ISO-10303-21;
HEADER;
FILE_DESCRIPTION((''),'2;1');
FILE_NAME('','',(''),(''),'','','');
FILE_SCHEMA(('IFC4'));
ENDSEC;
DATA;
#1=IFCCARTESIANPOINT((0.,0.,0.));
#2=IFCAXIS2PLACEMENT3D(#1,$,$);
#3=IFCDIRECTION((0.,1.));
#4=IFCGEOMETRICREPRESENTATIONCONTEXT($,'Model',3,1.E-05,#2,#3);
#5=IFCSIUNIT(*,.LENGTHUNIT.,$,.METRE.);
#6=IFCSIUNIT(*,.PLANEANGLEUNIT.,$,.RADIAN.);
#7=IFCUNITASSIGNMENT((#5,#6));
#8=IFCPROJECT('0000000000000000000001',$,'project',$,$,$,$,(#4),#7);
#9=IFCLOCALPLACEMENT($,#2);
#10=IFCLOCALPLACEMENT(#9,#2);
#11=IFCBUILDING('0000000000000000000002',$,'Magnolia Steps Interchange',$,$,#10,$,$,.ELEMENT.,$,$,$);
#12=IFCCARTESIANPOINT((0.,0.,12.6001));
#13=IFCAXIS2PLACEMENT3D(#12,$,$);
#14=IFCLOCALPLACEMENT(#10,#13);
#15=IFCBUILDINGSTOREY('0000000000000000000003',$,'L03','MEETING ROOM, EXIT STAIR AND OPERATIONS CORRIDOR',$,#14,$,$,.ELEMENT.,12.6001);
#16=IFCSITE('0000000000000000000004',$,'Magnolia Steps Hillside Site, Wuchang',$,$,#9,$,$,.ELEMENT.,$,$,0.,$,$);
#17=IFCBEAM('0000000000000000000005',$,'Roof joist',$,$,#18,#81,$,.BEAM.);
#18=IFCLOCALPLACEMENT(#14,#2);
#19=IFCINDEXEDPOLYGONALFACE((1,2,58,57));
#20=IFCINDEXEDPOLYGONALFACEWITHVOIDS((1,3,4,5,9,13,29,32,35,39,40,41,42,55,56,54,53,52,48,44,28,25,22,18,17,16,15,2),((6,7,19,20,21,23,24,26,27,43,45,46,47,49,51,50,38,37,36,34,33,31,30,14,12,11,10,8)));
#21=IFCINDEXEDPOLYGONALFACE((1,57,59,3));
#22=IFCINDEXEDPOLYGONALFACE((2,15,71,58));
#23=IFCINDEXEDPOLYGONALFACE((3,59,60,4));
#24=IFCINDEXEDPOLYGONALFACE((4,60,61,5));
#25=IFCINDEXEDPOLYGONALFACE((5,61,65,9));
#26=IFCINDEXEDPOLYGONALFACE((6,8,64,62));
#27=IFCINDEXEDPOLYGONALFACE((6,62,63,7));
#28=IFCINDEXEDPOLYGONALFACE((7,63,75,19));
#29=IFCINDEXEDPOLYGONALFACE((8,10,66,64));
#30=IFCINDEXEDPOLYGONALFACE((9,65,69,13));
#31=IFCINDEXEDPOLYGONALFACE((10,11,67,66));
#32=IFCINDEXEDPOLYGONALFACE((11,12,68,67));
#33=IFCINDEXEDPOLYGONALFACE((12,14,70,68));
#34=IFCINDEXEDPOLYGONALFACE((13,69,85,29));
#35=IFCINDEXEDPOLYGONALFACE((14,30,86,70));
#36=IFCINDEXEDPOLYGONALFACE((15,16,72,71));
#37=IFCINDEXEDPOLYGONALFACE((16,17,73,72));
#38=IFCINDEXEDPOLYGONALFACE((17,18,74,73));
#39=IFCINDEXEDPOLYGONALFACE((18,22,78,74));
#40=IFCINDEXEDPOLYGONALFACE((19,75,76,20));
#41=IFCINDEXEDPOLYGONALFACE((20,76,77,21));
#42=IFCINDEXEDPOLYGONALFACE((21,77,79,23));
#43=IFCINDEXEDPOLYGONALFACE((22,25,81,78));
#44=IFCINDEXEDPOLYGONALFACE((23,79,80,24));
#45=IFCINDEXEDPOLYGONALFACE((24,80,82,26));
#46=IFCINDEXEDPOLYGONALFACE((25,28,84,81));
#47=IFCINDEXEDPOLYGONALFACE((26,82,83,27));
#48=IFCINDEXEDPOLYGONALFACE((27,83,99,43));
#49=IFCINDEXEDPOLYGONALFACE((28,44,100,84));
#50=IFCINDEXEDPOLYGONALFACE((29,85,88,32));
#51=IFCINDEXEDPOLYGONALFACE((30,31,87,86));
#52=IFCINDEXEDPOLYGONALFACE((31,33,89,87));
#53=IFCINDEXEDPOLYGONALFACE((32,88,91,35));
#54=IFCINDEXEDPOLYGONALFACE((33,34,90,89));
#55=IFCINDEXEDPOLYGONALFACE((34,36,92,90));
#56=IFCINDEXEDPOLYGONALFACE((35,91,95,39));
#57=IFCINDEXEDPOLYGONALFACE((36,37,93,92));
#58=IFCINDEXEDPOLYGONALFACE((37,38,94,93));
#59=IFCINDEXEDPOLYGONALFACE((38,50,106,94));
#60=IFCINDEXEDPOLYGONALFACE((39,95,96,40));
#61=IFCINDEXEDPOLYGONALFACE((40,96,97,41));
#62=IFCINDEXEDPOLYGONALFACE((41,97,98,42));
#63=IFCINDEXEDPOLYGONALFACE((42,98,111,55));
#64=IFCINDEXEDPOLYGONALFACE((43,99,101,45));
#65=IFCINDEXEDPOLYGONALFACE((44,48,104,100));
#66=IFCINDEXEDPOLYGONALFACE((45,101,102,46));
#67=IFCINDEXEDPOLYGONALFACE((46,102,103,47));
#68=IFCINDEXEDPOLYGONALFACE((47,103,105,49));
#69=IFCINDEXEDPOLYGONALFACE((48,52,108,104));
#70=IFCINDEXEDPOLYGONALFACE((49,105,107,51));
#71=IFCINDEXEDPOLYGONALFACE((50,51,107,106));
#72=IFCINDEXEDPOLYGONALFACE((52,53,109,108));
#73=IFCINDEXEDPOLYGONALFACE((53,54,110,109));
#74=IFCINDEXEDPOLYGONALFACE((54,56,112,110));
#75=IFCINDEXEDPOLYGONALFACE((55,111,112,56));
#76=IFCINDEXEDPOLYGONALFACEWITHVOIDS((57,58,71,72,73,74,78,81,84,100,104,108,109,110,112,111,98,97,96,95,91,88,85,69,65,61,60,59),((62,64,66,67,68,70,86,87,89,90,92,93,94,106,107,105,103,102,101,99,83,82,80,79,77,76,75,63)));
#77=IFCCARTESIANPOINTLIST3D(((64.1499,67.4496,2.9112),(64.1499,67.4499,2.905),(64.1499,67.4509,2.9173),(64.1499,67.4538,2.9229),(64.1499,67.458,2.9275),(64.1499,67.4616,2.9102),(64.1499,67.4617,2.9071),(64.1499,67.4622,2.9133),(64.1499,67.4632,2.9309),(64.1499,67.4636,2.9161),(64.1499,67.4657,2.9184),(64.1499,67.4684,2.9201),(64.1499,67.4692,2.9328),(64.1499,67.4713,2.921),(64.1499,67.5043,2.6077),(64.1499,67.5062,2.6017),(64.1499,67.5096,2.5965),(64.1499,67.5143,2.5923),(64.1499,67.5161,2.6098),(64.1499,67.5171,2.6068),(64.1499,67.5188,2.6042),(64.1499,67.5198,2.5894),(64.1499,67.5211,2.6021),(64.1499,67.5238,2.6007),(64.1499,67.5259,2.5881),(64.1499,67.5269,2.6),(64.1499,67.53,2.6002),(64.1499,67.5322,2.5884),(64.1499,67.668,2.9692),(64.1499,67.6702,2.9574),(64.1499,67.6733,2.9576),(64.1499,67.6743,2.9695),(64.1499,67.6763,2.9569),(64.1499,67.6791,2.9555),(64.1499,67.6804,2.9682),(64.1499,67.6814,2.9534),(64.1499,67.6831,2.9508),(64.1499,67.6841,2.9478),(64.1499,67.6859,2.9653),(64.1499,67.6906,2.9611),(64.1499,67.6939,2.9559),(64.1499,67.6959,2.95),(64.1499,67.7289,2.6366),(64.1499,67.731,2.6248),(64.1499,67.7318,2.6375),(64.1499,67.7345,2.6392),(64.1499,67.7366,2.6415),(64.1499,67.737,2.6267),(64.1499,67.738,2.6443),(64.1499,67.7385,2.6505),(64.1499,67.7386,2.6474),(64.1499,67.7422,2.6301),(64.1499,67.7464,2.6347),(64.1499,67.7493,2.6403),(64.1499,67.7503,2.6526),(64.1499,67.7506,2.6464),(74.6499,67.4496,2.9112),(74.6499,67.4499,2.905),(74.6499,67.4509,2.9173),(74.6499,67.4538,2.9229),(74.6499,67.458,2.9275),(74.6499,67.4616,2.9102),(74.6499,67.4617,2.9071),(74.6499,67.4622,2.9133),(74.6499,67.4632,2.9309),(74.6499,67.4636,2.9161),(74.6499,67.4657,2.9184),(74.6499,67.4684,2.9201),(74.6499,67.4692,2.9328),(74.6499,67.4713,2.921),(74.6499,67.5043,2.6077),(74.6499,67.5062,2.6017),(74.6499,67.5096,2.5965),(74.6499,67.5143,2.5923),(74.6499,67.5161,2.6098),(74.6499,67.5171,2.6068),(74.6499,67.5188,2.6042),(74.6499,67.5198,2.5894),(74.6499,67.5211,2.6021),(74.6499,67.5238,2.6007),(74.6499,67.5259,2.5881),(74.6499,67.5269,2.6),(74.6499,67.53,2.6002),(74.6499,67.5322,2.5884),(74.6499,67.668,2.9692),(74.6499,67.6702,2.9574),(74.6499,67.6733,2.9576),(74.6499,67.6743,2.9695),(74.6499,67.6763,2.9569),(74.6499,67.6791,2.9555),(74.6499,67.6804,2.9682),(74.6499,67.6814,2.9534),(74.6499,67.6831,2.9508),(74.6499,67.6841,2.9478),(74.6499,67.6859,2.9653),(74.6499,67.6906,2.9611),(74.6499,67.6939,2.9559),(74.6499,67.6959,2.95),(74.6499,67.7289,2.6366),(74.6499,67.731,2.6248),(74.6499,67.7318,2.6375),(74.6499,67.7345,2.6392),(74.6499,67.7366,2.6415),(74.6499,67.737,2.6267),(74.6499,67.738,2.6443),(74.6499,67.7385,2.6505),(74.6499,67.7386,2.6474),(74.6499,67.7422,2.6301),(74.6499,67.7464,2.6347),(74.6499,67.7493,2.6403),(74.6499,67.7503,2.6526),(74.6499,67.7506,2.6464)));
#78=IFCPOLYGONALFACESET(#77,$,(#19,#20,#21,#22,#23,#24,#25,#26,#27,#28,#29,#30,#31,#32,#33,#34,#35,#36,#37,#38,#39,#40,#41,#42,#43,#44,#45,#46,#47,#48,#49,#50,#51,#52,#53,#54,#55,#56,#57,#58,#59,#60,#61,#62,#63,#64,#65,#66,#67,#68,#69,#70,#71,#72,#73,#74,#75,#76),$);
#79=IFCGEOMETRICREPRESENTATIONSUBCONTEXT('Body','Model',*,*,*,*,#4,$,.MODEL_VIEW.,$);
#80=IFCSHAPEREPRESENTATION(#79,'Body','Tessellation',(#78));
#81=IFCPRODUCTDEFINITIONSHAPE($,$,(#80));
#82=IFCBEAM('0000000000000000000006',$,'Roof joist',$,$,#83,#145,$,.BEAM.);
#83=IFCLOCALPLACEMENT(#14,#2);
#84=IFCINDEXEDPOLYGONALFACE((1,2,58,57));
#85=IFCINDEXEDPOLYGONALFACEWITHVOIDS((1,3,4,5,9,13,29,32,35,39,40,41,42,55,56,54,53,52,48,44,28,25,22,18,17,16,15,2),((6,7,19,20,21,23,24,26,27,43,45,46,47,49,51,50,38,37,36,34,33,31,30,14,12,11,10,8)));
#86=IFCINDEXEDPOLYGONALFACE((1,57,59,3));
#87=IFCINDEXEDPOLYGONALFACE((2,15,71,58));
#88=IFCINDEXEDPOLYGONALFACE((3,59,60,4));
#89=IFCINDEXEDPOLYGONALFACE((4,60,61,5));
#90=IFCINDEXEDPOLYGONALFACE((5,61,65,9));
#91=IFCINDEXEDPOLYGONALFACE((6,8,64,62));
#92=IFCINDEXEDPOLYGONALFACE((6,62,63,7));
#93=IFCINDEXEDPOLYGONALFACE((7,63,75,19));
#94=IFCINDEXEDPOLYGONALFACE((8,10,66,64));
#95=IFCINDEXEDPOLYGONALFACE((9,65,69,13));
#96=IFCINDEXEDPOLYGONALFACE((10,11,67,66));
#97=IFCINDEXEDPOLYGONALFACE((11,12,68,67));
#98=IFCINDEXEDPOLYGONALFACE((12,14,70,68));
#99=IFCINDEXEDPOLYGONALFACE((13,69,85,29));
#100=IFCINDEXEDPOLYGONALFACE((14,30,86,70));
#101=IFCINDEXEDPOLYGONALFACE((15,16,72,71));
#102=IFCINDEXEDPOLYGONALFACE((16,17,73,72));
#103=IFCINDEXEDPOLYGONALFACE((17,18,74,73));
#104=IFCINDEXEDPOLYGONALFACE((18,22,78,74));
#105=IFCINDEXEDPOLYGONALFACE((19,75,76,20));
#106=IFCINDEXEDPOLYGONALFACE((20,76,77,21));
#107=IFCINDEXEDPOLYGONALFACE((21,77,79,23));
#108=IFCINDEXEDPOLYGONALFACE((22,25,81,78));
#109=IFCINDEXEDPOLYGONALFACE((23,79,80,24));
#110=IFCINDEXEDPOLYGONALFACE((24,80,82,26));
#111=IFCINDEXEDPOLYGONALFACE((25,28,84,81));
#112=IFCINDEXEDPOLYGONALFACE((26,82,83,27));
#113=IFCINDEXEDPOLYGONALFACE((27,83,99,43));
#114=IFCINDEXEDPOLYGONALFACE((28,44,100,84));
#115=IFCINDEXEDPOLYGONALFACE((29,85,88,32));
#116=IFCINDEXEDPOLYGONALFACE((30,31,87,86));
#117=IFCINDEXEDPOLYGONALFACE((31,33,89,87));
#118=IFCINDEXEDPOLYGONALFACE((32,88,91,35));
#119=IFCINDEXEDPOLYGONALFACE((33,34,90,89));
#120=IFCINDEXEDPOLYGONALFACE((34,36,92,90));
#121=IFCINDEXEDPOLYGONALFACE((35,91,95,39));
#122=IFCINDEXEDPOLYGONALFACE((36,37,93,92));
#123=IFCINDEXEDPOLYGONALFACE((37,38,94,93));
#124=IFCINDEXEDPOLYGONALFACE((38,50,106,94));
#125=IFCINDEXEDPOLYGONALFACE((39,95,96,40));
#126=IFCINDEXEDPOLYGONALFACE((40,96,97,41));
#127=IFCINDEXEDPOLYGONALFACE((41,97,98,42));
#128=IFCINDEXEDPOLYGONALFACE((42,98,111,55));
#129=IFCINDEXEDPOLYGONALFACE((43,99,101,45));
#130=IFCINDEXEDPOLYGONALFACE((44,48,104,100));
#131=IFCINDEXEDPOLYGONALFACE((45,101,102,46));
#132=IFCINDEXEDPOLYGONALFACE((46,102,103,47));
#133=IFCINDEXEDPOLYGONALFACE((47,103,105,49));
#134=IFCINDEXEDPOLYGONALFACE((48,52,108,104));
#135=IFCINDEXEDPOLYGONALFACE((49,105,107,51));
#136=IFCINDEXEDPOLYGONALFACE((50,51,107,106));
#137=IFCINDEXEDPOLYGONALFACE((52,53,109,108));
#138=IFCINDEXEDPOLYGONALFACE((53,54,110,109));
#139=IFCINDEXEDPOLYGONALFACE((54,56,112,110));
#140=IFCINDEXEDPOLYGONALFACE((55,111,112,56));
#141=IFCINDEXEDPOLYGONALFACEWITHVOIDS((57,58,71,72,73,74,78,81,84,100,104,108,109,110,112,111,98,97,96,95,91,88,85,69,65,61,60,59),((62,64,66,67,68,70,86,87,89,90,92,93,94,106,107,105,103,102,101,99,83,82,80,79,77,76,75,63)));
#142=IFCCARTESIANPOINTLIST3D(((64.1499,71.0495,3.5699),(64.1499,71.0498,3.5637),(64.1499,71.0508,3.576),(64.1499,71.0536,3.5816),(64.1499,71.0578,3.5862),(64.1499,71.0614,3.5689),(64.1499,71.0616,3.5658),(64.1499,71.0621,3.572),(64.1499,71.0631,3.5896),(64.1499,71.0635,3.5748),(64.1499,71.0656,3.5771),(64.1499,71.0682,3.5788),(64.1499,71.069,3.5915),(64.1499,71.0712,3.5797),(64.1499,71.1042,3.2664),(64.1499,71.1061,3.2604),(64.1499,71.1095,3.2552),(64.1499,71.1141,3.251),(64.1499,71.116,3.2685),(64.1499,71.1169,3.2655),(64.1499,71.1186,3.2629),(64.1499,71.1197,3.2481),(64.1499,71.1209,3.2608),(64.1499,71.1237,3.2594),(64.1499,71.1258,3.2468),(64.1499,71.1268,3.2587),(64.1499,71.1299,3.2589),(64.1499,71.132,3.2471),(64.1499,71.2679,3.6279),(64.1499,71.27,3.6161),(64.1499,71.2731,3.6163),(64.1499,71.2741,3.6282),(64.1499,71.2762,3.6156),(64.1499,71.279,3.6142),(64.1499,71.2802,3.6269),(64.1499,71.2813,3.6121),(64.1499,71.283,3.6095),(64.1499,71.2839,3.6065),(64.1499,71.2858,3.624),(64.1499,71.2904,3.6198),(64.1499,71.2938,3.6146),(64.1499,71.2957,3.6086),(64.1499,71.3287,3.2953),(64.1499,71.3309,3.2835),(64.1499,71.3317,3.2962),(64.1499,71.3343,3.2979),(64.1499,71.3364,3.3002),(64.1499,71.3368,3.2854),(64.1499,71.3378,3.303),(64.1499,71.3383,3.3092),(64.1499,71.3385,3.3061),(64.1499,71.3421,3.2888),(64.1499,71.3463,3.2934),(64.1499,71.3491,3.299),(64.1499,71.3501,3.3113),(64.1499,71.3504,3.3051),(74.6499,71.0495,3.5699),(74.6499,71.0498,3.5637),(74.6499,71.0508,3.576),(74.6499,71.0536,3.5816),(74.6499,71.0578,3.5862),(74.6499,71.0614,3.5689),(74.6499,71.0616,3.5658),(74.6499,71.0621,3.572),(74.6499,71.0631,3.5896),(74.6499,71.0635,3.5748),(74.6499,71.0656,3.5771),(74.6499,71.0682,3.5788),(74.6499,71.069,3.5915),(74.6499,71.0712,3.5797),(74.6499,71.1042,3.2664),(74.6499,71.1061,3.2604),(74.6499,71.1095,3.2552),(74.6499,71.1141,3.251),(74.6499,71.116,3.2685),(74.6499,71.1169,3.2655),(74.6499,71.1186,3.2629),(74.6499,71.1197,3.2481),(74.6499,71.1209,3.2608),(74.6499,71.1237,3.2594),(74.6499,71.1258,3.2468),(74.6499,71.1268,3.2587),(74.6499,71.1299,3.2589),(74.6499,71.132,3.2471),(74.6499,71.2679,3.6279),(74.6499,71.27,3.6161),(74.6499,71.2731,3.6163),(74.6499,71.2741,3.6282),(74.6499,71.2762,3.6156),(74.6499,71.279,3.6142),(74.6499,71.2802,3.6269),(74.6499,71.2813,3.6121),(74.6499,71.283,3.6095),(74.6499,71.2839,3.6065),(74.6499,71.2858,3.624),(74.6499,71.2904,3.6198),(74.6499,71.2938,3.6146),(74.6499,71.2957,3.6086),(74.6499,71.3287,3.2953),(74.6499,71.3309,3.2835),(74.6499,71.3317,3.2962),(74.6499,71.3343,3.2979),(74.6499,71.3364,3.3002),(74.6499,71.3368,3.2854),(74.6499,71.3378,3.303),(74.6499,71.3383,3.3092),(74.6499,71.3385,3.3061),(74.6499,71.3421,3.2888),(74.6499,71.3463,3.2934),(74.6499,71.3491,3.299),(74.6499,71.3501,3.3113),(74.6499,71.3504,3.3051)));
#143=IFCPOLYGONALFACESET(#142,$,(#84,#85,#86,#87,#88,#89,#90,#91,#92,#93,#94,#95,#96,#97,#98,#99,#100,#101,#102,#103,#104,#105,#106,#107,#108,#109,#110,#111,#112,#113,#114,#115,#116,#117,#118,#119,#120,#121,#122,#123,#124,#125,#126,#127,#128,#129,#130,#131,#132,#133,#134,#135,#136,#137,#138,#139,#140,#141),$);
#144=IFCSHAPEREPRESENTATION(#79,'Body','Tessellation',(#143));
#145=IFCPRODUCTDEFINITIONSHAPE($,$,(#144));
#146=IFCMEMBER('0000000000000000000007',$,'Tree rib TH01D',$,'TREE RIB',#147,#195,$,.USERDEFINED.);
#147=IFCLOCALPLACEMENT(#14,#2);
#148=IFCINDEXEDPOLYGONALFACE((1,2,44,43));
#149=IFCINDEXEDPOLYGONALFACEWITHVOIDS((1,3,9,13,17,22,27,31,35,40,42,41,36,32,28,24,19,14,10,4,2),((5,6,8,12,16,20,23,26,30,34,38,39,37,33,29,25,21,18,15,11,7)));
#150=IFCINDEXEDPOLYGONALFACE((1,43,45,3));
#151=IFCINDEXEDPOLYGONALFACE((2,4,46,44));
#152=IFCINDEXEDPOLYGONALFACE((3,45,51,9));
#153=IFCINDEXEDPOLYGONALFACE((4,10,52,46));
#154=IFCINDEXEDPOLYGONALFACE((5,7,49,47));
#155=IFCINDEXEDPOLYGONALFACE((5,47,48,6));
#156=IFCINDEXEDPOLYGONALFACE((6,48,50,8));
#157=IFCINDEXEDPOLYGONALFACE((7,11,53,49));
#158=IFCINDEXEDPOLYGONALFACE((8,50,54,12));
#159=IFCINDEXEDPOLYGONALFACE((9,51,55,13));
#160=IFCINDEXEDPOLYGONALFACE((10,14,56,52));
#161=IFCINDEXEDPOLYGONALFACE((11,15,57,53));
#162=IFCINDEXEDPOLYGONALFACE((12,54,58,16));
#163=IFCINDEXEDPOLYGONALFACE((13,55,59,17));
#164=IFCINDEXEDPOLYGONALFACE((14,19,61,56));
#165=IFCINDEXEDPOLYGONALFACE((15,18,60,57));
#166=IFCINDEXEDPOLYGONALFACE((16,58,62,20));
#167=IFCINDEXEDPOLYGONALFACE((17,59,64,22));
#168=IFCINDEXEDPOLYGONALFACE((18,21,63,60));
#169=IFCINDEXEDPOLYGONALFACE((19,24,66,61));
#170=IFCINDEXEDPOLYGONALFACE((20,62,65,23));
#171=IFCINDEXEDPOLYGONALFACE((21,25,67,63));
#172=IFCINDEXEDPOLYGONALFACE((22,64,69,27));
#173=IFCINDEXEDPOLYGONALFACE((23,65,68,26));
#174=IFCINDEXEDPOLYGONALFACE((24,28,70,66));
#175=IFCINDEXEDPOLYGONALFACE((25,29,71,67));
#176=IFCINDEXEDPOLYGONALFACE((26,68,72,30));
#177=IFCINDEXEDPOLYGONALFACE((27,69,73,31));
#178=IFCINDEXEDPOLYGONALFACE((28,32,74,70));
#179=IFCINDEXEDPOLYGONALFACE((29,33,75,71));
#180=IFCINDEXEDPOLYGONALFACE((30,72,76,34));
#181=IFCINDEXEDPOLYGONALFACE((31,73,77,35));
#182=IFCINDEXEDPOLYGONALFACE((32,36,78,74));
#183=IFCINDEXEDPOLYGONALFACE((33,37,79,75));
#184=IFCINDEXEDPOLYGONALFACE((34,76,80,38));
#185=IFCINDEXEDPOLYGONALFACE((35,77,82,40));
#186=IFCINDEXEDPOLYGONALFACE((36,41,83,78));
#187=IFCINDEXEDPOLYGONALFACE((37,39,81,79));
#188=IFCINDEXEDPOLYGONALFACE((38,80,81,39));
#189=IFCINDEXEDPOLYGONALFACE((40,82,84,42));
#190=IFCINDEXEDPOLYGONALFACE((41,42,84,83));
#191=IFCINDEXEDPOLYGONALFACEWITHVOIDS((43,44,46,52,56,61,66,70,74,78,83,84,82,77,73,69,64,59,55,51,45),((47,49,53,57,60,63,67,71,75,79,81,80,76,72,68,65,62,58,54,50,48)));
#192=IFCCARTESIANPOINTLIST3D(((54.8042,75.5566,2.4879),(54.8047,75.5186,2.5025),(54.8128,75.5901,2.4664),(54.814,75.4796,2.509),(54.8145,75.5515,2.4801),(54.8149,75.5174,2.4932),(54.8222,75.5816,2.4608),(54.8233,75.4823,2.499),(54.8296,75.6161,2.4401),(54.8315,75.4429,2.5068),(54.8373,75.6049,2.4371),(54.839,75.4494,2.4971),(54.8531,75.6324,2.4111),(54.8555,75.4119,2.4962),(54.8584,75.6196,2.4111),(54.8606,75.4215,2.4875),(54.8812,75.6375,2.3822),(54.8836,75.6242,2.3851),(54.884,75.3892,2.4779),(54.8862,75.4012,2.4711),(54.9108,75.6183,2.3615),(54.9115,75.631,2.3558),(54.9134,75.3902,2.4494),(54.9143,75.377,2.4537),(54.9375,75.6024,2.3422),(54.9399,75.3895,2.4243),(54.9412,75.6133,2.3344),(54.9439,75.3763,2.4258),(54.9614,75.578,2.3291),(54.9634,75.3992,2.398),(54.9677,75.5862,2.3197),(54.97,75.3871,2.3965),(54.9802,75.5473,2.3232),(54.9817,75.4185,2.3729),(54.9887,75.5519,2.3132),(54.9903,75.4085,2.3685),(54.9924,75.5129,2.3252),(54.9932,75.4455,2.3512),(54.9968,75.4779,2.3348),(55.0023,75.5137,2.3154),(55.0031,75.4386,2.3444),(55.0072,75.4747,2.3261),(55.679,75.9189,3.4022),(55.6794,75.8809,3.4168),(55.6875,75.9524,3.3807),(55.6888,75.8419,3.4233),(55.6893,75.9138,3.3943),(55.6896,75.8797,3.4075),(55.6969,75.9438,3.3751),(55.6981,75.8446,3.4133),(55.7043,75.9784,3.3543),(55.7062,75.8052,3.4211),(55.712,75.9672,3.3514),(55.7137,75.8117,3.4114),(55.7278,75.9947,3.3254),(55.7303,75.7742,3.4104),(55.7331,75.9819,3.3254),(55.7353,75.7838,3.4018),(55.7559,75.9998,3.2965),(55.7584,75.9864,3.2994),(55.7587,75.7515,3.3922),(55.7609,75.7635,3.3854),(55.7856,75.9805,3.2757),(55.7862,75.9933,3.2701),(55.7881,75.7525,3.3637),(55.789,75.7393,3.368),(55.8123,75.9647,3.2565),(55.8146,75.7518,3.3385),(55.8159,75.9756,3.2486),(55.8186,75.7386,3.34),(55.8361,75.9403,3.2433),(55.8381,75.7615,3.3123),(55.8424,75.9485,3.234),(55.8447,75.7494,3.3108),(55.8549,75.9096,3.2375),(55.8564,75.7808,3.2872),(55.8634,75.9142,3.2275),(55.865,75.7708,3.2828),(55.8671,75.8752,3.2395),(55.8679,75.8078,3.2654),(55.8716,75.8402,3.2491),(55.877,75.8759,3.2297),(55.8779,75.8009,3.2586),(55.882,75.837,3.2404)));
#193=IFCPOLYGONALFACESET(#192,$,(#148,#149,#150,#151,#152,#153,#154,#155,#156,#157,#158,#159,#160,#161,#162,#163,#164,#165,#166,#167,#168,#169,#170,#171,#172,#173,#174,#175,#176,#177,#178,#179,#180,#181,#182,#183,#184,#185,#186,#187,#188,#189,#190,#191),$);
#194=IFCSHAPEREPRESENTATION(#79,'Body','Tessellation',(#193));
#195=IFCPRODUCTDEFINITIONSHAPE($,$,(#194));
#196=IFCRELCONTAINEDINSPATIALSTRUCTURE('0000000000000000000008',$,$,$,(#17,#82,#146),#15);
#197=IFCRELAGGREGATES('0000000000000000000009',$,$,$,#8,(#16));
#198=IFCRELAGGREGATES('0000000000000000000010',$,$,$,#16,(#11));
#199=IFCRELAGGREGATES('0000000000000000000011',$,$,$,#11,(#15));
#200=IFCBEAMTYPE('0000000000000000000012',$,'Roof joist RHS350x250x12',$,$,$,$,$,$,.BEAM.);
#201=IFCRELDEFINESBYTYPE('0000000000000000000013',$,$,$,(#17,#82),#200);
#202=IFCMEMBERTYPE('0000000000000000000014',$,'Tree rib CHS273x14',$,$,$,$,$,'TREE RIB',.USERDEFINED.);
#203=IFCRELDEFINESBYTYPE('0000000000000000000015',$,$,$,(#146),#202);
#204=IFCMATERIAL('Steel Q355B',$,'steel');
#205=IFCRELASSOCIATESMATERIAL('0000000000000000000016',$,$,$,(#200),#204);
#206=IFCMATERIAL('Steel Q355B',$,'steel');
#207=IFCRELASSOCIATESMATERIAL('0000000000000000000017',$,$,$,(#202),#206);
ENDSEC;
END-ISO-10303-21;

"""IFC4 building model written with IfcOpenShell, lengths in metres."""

from ifc_helpers import new_model, si_unit, direction, frame, origin, origin_2d, place, context, subcontext, project, spatial, hollow_rectangle, hollow_circle, extrude, material, material_profile, profile_set, type_object, element, save


model = new_model("IFC4")

# Units and contexts
model_context = context("Model", 3, precision=1e-05, world=origin(), true_north=direction((0.0, 1.0)))
body_context = subcontext(model_context, "Body", "Model", "MODEL_VIEW")
ifc_project = project(units=[si_unit("LENGTHUNIT", "METRE"), si_unit("PLANEANGLEUNIT", "RADIAN")], contexts=[model_context])

# Site, building, storey
site_placement = place(None, origin())
site = spatial("IfcSite", under=ifc_project, at=site_placement, Name="Magnolia Steps Hillside Site, Wuchang", CompositionType="ELEMENT", RefElevation=0.0)
building_placement = place(site_placement, origin())
building = spatial("IfcBuilding", under=site, at=building_placement, Name="Magnolia Steps Interchange", CompositionType="ELEMENT")
storey_placement = place(building_placement, frame((0.0, 0.0, 12.6001)))
storey = spatial("IfcBuildingStorey", under=building, at=storey_placement, Name="L03", Description="MEETING ROOM, EXIT STAIR AND OPERATIONS CORRIDOR", CompositionType="ELEMENT", Elevation=12.6001)

# Beams
ifc_material_1 = material(Name="Steel Q355B", Category="steel")
ifc_material_profile_1 = material_profile(ifc_material_1, hollow_rectangle(XDim=0.25, YDim=0.3501, WallThickness=0.012, InnerFilletRadius=0.012, OuterFilletRadius=0.0239, at=origin_2d()), Name="RHS350x250x12")
ifc_profile_set_1 = profile_set([ifc_material_profile_1], Name="Steel Q355B")
beam_type_1 = type_object("IfcBeamType", Name="Roof joist RHS350x250x12", PredefinedType="BEAM", material=ifc_profile_set_1)
for number, where, z_axis, x_axis, name in (
    (1, (64.1499, 67.6001, 2.7788), (1.0, 0.0, 0.0), (0.0, 0.983677, 0.179941), "Roof joist"),
    (2, (64.1499, 71.2, 3.4375), (1.0, 0.0, 0.0), (0.0, 0.983677, 0.179941), "Roof joist"),
):
    element("IfcBeam", number, at=place(storey_placement, frame(where, z_axis=z_axis, x_axis=x_axis)), inside=storey, type_object=beam_type_1, Name=name, PredefinedType="BEAM", context=body_context, shape_type="SweptSolid", body=[
        extrude(hollow_rectangle(XDim=0.25, YDim=0.3501, WallThickness=0.012, InnerFilletRadius=0.012, OuterFilletRadius=0.0239, at=origin_2d()), origin(), (0.0, 0.0, 1.0), 10.5),
    ])

# Member
ifc_material_2 = material(Name="Steel Q355B", Category="steel")
ifc_material_profile_2 = material_profile(ifc_material_2, hollow_circle(Radius=0.1365, WallThickness=0.0139, at=origin_2d()), Name="CHS273x14")
ifc_profile_set_2 = profile_set([ifc_material_profile_2], Name="Steel Q355B")
member_type = type_object("IfcMemberType", Name="Tree rib CHS273x14", ElementType="TREE RIB", PredefinedType="USERDEFINED", material=ifc_profile_set_2)
for number, where, z_axis, x_axis, name in (
    (3, (54.9053, 75.5063, 2.4111), (0.6646, 0.275263, 0.694649), (-0.382655, 0.923891, 0.0), "Tree rib TH01D"),
):
    element("IfcMember", number, at=place(storey_placement, frame(where, z_axis=z_axis, x_axis=x_axis)), inside=storey, type_object=member_type, Name=name, ObjectType="TREE RIB", PredefinedType="USERDEFINED", context=body_context, shape_type="SweptSolid", body=[
        extrude(hollow_circle(Radius=0.1365, WallThickness=0.0139, at=origin_2d()), origin(), (0.0, 0.0, 1.0), 1.3162),
    ])

save(model, "model.ifc")
